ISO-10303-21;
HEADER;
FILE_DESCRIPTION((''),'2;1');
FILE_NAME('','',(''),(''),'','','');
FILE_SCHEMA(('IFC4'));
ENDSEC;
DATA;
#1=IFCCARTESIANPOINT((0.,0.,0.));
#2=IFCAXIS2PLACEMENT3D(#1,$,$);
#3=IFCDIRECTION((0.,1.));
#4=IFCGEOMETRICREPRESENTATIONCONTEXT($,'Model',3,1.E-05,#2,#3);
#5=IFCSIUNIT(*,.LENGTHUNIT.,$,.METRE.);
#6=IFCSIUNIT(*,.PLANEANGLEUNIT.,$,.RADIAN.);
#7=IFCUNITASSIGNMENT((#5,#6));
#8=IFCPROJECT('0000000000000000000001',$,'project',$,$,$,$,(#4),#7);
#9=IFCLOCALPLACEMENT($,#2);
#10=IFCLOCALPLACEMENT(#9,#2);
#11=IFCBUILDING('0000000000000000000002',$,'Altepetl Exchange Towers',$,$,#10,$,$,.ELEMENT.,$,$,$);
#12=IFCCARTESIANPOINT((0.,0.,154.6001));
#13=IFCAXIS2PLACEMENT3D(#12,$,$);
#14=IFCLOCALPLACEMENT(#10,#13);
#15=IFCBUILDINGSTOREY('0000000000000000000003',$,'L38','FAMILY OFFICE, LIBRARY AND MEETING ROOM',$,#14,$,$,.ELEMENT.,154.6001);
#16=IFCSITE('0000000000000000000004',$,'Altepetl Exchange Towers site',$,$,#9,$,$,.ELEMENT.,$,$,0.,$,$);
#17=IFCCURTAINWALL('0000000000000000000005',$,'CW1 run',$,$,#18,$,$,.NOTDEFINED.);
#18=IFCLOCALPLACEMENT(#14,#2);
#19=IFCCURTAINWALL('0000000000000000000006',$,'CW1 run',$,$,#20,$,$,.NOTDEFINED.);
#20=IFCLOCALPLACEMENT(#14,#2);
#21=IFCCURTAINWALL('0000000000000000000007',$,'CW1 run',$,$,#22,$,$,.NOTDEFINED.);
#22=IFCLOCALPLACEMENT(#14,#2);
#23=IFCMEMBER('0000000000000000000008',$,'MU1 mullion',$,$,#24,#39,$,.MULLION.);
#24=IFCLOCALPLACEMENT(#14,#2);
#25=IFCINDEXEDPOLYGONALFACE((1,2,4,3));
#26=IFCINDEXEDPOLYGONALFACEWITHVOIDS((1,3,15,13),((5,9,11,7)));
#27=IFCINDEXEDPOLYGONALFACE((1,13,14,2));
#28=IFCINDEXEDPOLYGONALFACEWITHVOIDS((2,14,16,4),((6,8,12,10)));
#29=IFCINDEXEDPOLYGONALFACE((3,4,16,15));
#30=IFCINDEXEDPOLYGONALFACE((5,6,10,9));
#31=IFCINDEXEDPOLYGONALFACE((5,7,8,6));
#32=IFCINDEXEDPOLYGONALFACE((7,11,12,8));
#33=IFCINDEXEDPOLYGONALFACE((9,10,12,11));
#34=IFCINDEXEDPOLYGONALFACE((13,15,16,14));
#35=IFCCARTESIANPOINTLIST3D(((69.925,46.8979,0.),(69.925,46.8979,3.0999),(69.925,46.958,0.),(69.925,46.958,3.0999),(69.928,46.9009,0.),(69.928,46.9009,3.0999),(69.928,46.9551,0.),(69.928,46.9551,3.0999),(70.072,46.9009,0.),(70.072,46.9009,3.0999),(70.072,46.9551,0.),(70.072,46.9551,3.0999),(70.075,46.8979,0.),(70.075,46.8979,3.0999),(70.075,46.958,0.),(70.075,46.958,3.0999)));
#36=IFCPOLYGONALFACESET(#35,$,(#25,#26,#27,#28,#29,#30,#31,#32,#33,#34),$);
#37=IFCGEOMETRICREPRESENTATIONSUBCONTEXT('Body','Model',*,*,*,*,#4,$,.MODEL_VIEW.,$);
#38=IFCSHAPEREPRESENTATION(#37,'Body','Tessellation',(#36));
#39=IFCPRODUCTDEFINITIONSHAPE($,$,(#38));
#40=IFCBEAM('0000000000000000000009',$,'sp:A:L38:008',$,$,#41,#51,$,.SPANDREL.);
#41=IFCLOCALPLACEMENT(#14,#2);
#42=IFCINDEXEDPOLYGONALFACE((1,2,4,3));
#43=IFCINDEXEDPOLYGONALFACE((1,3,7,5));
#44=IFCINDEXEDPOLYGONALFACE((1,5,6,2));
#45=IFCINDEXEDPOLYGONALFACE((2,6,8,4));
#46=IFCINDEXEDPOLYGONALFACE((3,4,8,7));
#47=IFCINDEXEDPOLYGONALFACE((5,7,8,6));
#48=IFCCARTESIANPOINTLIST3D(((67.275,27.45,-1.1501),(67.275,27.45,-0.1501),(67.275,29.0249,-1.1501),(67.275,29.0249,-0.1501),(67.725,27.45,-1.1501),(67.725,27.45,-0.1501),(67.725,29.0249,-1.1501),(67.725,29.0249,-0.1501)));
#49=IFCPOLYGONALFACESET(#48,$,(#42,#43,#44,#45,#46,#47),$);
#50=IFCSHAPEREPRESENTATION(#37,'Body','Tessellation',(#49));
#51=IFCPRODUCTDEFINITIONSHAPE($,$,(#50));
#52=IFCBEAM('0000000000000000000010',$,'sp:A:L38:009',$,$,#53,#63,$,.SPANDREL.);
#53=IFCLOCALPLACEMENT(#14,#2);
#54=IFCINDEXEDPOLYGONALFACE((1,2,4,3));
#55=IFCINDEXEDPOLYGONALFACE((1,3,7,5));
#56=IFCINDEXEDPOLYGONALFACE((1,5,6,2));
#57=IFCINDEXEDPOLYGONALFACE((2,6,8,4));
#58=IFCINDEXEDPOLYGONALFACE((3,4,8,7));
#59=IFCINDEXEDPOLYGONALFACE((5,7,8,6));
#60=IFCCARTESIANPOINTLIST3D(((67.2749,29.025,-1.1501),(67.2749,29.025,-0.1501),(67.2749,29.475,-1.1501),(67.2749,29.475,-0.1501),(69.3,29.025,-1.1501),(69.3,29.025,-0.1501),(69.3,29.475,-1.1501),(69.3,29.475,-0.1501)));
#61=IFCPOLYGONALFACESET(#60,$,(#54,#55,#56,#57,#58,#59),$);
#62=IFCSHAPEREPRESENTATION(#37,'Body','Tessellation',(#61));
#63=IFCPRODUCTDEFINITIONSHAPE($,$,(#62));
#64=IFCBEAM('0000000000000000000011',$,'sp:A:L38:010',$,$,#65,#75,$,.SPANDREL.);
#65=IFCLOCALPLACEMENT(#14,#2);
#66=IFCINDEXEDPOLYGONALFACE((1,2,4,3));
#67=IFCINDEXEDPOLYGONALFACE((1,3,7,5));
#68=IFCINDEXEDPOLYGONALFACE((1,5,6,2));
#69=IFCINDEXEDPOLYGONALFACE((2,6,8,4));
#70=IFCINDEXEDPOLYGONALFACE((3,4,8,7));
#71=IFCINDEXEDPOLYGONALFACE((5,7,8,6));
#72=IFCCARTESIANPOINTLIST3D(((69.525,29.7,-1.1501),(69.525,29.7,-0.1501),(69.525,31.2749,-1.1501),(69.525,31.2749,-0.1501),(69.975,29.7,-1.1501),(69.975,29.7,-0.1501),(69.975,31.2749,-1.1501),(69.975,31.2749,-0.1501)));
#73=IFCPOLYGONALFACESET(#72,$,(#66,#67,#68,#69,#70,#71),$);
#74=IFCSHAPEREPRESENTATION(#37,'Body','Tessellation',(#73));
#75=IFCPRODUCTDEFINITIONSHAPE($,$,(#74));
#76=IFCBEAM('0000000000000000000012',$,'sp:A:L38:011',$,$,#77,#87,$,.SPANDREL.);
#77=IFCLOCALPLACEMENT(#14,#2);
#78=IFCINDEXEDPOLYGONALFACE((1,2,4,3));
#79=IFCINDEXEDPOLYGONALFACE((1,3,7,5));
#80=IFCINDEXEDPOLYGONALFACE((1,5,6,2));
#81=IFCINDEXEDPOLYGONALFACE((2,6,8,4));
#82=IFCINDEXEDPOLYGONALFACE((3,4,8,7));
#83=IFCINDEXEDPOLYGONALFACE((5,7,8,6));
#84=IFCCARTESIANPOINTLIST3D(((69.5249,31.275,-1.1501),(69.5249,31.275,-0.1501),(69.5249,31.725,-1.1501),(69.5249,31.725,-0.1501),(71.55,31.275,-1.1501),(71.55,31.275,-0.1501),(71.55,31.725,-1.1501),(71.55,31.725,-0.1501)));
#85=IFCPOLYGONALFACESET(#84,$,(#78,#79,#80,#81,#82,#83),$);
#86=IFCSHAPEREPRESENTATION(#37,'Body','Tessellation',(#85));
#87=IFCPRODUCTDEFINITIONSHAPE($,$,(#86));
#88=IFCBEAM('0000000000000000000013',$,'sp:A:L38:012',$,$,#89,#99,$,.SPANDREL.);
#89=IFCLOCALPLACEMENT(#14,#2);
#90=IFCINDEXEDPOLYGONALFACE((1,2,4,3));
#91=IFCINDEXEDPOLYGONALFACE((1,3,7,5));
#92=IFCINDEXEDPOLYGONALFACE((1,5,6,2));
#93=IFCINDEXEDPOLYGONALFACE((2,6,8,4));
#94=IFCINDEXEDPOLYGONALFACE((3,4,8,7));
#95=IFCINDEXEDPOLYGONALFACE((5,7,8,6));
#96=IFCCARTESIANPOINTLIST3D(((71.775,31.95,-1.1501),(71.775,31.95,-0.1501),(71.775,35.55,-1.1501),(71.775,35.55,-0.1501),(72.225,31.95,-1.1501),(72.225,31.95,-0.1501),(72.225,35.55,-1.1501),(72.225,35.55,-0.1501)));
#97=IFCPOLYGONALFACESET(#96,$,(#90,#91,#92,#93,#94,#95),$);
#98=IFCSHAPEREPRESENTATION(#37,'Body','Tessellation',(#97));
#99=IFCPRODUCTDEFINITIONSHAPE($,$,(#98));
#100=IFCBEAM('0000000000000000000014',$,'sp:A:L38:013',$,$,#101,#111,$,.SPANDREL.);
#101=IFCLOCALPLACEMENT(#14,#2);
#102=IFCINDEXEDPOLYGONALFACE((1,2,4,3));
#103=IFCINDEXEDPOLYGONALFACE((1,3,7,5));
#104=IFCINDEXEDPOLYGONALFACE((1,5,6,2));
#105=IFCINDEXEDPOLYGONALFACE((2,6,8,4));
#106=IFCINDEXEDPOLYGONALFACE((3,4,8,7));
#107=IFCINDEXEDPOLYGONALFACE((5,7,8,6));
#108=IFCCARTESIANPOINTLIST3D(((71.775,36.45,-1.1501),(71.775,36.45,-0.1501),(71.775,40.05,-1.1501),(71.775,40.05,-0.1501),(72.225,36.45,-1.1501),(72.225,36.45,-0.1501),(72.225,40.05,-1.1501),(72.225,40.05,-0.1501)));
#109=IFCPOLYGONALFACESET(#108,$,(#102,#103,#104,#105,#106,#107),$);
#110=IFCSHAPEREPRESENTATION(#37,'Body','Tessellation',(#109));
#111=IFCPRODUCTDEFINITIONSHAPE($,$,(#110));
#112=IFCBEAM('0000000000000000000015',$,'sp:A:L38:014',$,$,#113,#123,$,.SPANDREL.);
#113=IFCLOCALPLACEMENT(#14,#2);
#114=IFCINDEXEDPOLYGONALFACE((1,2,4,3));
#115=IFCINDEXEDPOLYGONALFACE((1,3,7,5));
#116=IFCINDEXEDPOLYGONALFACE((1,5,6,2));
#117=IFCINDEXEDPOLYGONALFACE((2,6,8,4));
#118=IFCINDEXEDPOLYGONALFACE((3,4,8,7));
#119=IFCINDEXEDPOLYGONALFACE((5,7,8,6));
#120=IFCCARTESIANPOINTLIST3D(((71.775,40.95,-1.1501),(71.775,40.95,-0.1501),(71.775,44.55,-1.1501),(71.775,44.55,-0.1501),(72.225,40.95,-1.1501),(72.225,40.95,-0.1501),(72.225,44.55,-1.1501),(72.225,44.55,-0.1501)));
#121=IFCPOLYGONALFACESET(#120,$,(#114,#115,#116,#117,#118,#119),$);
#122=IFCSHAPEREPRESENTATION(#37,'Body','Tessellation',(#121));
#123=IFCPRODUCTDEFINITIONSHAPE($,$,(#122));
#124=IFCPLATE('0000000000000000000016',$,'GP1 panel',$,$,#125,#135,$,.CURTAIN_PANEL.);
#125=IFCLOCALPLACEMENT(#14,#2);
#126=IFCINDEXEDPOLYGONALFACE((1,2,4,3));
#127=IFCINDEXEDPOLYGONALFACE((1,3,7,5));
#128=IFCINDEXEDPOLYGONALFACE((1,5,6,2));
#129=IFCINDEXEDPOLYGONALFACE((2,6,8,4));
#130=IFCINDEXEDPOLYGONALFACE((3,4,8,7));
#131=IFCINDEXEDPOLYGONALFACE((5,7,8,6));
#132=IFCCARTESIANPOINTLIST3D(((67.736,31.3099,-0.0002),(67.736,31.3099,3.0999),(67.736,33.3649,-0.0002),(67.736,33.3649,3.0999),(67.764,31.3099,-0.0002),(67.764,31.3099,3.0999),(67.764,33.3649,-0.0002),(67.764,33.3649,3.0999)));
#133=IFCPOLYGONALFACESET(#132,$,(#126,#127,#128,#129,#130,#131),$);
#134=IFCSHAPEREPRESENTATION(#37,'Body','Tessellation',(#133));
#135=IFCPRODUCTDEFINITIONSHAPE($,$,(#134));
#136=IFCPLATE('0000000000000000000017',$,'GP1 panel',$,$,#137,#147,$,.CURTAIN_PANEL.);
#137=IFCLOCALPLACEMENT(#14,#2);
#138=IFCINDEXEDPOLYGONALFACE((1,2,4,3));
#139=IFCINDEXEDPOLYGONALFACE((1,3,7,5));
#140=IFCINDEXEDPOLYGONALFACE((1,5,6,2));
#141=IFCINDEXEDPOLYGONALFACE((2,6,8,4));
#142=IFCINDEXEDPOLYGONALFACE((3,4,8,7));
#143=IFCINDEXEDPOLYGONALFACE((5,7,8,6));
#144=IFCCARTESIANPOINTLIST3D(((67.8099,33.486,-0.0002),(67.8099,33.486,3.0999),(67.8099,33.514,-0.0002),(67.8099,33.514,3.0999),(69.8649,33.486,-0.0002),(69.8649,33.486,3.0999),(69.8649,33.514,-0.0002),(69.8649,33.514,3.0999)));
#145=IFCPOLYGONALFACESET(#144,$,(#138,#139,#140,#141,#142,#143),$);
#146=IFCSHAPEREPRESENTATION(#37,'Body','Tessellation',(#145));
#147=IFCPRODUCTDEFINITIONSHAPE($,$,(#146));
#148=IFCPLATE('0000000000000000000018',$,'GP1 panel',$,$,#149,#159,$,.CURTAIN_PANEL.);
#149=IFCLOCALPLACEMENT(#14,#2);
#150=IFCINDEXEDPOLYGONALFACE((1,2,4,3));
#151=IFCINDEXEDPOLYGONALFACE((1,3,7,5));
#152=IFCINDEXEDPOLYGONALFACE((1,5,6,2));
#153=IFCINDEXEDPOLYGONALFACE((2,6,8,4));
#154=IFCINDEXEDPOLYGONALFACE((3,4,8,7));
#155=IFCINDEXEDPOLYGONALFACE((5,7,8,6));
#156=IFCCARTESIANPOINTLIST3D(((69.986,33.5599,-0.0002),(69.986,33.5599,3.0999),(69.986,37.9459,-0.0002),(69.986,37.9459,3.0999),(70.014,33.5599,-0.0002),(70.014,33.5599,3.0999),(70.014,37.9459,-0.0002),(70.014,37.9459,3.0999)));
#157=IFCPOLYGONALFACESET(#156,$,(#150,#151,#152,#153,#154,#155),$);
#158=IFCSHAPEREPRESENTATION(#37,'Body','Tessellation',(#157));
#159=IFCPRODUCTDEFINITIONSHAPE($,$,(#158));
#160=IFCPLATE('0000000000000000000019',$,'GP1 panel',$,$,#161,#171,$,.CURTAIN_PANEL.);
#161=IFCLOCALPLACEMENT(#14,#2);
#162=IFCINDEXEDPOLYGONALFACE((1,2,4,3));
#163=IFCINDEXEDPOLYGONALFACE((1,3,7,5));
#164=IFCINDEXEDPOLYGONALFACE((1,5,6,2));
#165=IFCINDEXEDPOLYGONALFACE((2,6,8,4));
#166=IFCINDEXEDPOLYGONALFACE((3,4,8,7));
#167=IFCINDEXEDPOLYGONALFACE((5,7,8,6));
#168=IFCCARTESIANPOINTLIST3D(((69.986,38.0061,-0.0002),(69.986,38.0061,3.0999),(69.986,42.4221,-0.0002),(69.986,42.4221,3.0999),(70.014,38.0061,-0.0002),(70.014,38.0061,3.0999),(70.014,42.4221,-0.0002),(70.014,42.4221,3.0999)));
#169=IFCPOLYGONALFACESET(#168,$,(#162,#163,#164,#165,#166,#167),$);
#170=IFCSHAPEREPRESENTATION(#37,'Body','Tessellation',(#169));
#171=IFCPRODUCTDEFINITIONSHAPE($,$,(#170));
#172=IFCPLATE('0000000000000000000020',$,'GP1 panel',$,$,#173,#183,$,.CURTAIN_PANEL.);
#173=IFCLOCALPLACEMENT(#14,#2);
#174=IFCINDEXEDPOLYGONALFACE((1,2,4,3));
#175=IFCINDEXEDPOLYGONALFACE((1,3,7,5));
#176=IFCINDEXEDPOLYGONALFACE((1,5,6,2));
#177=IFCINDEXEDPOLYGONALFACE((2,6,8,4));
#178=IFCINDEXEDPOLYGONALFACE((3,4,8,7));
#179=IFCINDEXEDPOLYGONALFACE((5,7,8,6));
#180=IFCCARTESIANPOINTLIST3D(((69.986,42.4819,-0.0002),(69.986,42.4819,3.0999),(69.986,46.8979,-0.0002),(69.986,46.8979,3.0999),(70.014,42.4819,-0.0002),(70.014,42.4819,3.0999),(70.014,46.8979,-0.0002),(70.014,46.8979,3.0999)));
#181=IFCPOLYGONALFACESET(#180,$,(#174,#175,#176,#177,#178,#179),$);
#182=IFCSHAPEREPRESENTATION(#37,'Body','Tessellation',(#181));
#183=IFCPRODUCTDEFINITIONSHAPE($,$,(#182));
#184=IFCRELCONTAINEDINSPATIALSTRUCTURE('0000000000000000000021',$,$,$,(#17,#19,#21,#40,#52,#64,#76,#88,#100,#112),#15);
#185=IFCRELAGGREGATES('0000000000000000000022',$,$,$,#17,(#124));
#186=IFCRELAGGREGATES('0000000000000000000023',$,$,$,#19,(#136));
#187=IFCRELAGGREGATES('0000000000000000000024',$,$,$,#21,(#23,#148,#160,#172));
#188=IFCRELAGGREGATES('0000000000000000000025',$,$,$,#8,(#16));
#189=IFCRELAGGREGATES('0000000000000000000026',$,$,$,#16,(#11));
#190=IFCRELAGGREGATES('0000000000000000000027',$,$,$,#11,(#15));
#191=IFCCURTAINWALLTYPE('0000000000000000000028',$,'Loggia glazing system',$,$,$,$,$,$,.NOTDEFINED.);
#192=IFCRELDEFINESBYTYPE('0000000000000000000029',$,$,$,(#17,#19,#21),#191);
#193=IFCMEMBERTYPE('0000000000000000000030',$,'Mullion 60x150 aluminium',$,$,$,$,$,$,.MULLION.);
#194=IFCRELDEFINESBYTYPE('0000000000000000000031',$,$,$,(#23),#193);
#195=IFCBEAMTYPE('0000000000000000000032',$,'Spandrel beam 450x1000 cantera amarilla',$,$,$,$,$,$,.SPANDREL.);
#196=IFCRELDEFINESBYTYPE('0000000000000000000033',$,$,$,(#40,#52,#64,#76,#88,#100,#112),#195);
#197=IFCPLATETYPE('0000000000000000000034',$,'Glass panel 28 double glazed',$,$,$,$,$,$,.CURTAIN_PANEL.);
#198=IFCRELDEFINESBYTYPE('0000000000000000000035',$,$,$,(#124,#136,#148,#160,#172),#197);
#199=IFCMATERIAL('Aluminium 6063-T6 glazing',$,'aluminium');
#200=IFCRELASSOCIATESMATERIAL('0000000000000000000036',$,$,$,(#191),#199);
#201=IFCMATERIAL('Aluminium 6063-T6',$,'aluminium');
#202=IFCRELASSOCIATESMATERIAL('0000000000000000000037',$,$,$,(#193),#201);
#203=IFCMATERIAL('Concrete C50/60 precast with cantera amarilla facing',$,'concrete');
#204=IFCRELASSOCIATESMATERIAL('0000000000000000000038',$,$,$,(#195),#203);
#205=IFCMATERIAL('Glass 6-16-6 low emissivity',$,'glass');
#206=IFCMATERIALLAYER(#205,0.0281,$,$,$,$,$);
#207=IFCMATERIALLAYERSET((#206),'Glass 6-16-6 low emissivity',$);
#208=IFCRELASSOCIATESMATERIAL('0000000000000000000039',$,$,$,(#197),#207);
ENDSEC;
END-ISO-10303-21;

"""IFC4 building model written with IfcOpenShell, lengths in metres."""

from ifc_helpers import new_model, si_unit, direction, frame, origin, origin_2d, place, context, subcontext, project, spatial, rectangle, hollow_rectangle, extrude, material, layer, layer_set, material_profile, profile_set, type_object, element, aggregate, save


model = new_model("IFC4")

# Units and contexts
model_context = context("Model", 3, precision=1e-05, world=origin(), true_north=direction((0.0, 1.0)))
body_context = subcontext(model_context, "Body", "Model", "MODEL_VIEW")
ifc_project = project(units=[si_unit("LENGTHUNIT", "METRE"), si_unit("PLANEANGLEUNIT", "RADIAN")], contexts=[model_context])

# Site, building, storey
site_placement = place(None, origin())
site = spatial("IfcSite", under=ifc_project, at=site_placement, Name="Altepetl Exchange Towers site", CompositionType="ELEMENT", RefElevation=0.0)
building_placement = place(site_placement, origin())
building = spatial("IfcBuilding", under=site, at=building_placement, Name="Altepetl Exchange Towers", CompositionType="ELEMENT")
storey_placement = place(building_placement, frame((0.0, 0.0, 154.6001)))
storey = spatial("IfcBuildingStorey", under=building, at=storey_placement, Name="L38", Description="FAMILY OFFICE, LIBRARY AND MEETING ROOM", CompositionType="ELEMENT", Elevation=154.6001)

# Shared definitions
ifc_material_1 = material(Name="Aluminium 6063-T6 glazing", Category="aluminium")
curtain_wall_type = type_object("IfcCurtainWallType", Name="Loggia glazing system", PredefinedType="NOTDEFINED", material=ifc_material_1)
ifc_material_2 = material(Name="Aluminium 6063-T6", Category="aluminium")
ifc_material_profile_1 = material_profile(ifc_material_2, hollow_rectangle(XDim=0.0601, YDim=0.1499, WallThickness=0.0029, at=origin_2d()), Name="Mullion 60x150 aluminium")
ifc_profile_set_1 = profile_set([ifc_material_profile_1], Name="Aluminium 6063-T6")
member_type = type_object("IfcMemberType", Name="Mullion 60x150 aluminium", PredefinedType="MULLION", material=ifc_profile_set_1)

# Curtain walls, member
curtain_wall_1_placement = place(storey_placement, origin())
curtain_wall_1 = element("IfcCurtainWall", 1, at=curtain_wall_1_placement, inside=storey, type_object=curtain_wall_type, Name="CW1 run", PredefinedType="NOTDEFINED")
curtain_wall_2_placement = place(storey_placement, origin())
curtain_wall_2 = element("IfcCurtainWall", 2, at=curtain_wall_2_placement, inside=storey, type_object=curtain_wall_type, Name="CW1 run", PredefinedType="NOTDEFINED")
curtain_wall_3_placement = place(storey_placement, origin())
curtain_wall_3 = element("IfcCurtainWall", 3, at=curtain_wall_3_placement, inside=storey, type_object=curtain_wall_type, Name="CW1 run", PredefinedType="NOTDEFINED")
member_1_placement = place(storey_placement, frame((70.0, 46.928, 0.0), z_axis=(0.0, 0.0, 1.0), x_axis=(0.0, 1.0, 0.0)))
member_1 = element("IfcMember", 4, at=member_1_placement, type_object=member_type, Name="MU1 mullion", PredefinedType="MULLION", context=body_context, shape_type="SweptSolid", body=[
    extrude(hollow_rectangle(XDim=0.0601, YDim=0.1499, WallThickness=0.0029, at=origin_2d()), origin(), (0.0, 0.0, 1.0), 3.0999),
])

# Beams
ifc_material_3 = material(Name="Concrete C50/60 precast with cantera amarilla facing", Category="concrete")
ifc_material_profile_2 = material_profile(ifc_material_3, rectangle(XDim=0.45, YDim=1.0, at=origin_2d()), Name="450 x 1000")
ifc_profile_set_2 = profile_set([ifc_material_profile_2], Name="Concrete C50/60 precast with cantera amarilla facing")
beam_type = type_object("IfcBeamType", Name="Spandrel beam 450x1000 cantera amarilla", PredefinedType="SPANDREL", material=ifc_profile_set_2)
beam_1_placement = place(storey_placement, frame((67.5, 27.45, -0.6501), z_axis=(0.0, 1.0, 0.0), x_axis=(-1.0, 0.0, 0.0)))
element("IfcBeam", 5, at=beam_1_placement, inside=storey, type_object=beam_type, Name="sp:A:L38:008", PredefinedType="SPANDREL", context=body_context, shape_type="SweptSolid", body=[
    extrude(rectangle(XDim=0.45, YDim=1.0, at=origin_2d()), origin(), (0.0, 0.0, 1.0), 1.575),
])
beam_2_placement = place(storey_placement, frame((67.2749, 29.25, -0.6501), z_axis=(1.0, 0.0, 0.0), x_axis=(0.0, 1.0, 0.0)))
element("IfcBeam", 6, at=beam_2_placement, inside=storey, type_object=beam_type, Name="sp:A:L38:009", PredefinedType="SPANDREL", context=body_context, shape_type="SweptSolid", body=[
    extrude(rectangle(XDim=0.45, YDim=1.0, at=origin_2d()), origin(), (0.0, 0.0, 1.0), 2.0251),
])
beam_3_placement = place(storey_placement, frame((69.75, 29.7, -0.6501), z_axis=(0.0, 1.0, 0.0), x_axis=(-1.0, 0.0, 0.0)))
element("IfcBeam", 7, at=beam_3_placement, inside=storey, type_object=beam_type, Name="sp:A:L38:010", PredefinedType="SPANDREL", context=body_context, shape_type="SweptSolid", body=[
    extrude(rectangle(XDim=0.45, YDim=1.0, at=origin_2d()), origin(), (0.0, 0.0, 1.0), 1.575),
])
beam_4_placement = place(storey_placement, frame((69.5249, 31.5, -0.6501), z_axis=(1.0, 0.0, 0.0), x_axis=(0.0, 1.0, 0.0)))
element("IfcBeam", 8, at=beam_4_placement, inside=storey, type_object=beam_type, Name="sp:A:L38:011", PredefinedType="SPANDREL", context=body_context, shape_type="SweptSolid", body=[
    extrude(rectangle(XDim=0.45, YDim=1.0, at=origin_2d()), origin(), (0.0, 0.0, 1.0), 2.0251),
])
for number, where, z_axis, x_axis, name in (
    (9, (72.0, 31.95, -0.6501), (0.0, 1.0, 0.0), (-1.0, 0.0, 0.0), "sp:A:L38:012"),
    (10, (72.0, 36.45, -0.6501), (0.0, 1.0, 0.0), (-1.0, 0.0, 0.0), "sp:A:L38:013"),
    (11, (72.0, 40.95, -0.6501), (0.0, 1.0, 0.0), (-1.0, 0.0, 0.0), "sp:A:L38:014"),
):
    element("IfcBeam", number, at=place(storey_placement, frame(where, z_axis=z_axis, x_axis=x_axis)), inside=storey, type_object=beam_type, Name=name, PredefinedType="SPANDREL", context=body_context, shape_type="SweptSolid", body=[
        extrude(rectangle(XDim=0.45, YDim=1.0, at=origin_2d()), origin(), (0.0, 0.0, 1.0), 3.6001),
    ])

# Plates
ifc_material_4 = material(Name="Glass 6-16-6 low emissivity", Category="glass")
ifc_layer = layer(ifc_material_4, 0.0281)
ifc_layer_set = layer_set([ifc_layer], Name="Glass 6-16-6 low emissivity")
plate_type = type_object("IfcPlateType", Name="Glass panel 28 double glazed", PredefinedType="CURTAIN_PANEL", material=ifc_layer_set)
plate_1_placement = place(storey_placement, frame((67.75, 32.3374, -0.0002), z_axis=(0.0, 0.0, 1.0), x_axis=(0.0, 1.0, 0.0)))
plate_1 = element("IfcPlate", 12, at=plate_1_placement, type_object=plate_type, Name="GP1 panel", PredefinedType="CURTAIN_PANEL", context=body_context, shape_type="SweptSolid", body=[
    extrude(rectangle(XDim=2.0549, YDim=0.0281, at=origin_2d()), origin(), (0.0, 0.0, 1.0), 3.1001),
])
aggregate(curtain_wall_1, [plate_1])
plate_2_placement = place(storey_placement, frame((68.8374, 33.5, -0.0002)))
plate_2 = element("IfcPlate", 13, at=plate_2_placement, type_object=plate_type, Name="GP1 panel", PredefinedType="CURTAIN_PANEL", context=body_context, shape_type="SweptSolid", body=[
    extrude(rectangle(XDim=2.0549, YDim=0.0281, at=origin_2d()), origin(), (0.0, 0.0, 1.0), 3.1001),
])
aggregate(curtain_wall_2, [plate_2])
plate_3_placement = place(storey_placement, frame((70.0, 35.7529, -0.0002), z_axis=(0.0, 0.0, 1.0), x_axis=(0.0, 1.0, 0.0)))
plate_3 = element("IfcPlate", 14, at=plate_3_placement, type_object=plate_type, Name="GP1 panel", PredefinedType="CURTAIN_PANEL", context=body_context, shape_type="SweptSolid", body=[
    extrude(rectangle(XDim=4.386, YDim=0.0281, at=origin_2d()), origin(), (0.0, 0.0, 1.0), 3.1001),
])
plate_4_placement = place(storey_placement, frame((70.0, 40.2141, -0.0002), z_axis=(0.0, 0.0, 1.0), x_axis=(0.0, 1.0, 0.0)))
plate_4 = element("IfcPlate", 15, at=plate_4_placement, type_object=plate_type, Name="GP1 panel", PredefinedType="CURTAIN_PANEL", context=body_context, shape_type="SweptSolid", body=[
    extrude(rectangle(XDim=4.416, YDim=0.0281, at=origin_2d()), origin(), (0.0, 0.0, 1.0), 3.1001),
])
plate_5_placement = place(storey_placement, frame((70.0, 44.6899, -0.0002), z_axis=(0.0, 0.0, 1.0), x_axis=(0.0, 1.0, 0.0)))
plate_5 = element("IfcPlate", 16, at=plate_5_placement, type_object=plate_type, Name="GP1 panel", PredefinedType="CURTAIN_PANEL", context=body_context, shape_type="SweptSolid", body=[
    extrude(rectangle(XDim=4.416, YDim=0.0281, at=origin_2d()), origin(), (0.0, 0.0, 1.0), 3.1001),
])
aggregate(curtain_wall_3, [member_1, plate_3, plate_4, plate_5])

save(model, "model.ifc")
